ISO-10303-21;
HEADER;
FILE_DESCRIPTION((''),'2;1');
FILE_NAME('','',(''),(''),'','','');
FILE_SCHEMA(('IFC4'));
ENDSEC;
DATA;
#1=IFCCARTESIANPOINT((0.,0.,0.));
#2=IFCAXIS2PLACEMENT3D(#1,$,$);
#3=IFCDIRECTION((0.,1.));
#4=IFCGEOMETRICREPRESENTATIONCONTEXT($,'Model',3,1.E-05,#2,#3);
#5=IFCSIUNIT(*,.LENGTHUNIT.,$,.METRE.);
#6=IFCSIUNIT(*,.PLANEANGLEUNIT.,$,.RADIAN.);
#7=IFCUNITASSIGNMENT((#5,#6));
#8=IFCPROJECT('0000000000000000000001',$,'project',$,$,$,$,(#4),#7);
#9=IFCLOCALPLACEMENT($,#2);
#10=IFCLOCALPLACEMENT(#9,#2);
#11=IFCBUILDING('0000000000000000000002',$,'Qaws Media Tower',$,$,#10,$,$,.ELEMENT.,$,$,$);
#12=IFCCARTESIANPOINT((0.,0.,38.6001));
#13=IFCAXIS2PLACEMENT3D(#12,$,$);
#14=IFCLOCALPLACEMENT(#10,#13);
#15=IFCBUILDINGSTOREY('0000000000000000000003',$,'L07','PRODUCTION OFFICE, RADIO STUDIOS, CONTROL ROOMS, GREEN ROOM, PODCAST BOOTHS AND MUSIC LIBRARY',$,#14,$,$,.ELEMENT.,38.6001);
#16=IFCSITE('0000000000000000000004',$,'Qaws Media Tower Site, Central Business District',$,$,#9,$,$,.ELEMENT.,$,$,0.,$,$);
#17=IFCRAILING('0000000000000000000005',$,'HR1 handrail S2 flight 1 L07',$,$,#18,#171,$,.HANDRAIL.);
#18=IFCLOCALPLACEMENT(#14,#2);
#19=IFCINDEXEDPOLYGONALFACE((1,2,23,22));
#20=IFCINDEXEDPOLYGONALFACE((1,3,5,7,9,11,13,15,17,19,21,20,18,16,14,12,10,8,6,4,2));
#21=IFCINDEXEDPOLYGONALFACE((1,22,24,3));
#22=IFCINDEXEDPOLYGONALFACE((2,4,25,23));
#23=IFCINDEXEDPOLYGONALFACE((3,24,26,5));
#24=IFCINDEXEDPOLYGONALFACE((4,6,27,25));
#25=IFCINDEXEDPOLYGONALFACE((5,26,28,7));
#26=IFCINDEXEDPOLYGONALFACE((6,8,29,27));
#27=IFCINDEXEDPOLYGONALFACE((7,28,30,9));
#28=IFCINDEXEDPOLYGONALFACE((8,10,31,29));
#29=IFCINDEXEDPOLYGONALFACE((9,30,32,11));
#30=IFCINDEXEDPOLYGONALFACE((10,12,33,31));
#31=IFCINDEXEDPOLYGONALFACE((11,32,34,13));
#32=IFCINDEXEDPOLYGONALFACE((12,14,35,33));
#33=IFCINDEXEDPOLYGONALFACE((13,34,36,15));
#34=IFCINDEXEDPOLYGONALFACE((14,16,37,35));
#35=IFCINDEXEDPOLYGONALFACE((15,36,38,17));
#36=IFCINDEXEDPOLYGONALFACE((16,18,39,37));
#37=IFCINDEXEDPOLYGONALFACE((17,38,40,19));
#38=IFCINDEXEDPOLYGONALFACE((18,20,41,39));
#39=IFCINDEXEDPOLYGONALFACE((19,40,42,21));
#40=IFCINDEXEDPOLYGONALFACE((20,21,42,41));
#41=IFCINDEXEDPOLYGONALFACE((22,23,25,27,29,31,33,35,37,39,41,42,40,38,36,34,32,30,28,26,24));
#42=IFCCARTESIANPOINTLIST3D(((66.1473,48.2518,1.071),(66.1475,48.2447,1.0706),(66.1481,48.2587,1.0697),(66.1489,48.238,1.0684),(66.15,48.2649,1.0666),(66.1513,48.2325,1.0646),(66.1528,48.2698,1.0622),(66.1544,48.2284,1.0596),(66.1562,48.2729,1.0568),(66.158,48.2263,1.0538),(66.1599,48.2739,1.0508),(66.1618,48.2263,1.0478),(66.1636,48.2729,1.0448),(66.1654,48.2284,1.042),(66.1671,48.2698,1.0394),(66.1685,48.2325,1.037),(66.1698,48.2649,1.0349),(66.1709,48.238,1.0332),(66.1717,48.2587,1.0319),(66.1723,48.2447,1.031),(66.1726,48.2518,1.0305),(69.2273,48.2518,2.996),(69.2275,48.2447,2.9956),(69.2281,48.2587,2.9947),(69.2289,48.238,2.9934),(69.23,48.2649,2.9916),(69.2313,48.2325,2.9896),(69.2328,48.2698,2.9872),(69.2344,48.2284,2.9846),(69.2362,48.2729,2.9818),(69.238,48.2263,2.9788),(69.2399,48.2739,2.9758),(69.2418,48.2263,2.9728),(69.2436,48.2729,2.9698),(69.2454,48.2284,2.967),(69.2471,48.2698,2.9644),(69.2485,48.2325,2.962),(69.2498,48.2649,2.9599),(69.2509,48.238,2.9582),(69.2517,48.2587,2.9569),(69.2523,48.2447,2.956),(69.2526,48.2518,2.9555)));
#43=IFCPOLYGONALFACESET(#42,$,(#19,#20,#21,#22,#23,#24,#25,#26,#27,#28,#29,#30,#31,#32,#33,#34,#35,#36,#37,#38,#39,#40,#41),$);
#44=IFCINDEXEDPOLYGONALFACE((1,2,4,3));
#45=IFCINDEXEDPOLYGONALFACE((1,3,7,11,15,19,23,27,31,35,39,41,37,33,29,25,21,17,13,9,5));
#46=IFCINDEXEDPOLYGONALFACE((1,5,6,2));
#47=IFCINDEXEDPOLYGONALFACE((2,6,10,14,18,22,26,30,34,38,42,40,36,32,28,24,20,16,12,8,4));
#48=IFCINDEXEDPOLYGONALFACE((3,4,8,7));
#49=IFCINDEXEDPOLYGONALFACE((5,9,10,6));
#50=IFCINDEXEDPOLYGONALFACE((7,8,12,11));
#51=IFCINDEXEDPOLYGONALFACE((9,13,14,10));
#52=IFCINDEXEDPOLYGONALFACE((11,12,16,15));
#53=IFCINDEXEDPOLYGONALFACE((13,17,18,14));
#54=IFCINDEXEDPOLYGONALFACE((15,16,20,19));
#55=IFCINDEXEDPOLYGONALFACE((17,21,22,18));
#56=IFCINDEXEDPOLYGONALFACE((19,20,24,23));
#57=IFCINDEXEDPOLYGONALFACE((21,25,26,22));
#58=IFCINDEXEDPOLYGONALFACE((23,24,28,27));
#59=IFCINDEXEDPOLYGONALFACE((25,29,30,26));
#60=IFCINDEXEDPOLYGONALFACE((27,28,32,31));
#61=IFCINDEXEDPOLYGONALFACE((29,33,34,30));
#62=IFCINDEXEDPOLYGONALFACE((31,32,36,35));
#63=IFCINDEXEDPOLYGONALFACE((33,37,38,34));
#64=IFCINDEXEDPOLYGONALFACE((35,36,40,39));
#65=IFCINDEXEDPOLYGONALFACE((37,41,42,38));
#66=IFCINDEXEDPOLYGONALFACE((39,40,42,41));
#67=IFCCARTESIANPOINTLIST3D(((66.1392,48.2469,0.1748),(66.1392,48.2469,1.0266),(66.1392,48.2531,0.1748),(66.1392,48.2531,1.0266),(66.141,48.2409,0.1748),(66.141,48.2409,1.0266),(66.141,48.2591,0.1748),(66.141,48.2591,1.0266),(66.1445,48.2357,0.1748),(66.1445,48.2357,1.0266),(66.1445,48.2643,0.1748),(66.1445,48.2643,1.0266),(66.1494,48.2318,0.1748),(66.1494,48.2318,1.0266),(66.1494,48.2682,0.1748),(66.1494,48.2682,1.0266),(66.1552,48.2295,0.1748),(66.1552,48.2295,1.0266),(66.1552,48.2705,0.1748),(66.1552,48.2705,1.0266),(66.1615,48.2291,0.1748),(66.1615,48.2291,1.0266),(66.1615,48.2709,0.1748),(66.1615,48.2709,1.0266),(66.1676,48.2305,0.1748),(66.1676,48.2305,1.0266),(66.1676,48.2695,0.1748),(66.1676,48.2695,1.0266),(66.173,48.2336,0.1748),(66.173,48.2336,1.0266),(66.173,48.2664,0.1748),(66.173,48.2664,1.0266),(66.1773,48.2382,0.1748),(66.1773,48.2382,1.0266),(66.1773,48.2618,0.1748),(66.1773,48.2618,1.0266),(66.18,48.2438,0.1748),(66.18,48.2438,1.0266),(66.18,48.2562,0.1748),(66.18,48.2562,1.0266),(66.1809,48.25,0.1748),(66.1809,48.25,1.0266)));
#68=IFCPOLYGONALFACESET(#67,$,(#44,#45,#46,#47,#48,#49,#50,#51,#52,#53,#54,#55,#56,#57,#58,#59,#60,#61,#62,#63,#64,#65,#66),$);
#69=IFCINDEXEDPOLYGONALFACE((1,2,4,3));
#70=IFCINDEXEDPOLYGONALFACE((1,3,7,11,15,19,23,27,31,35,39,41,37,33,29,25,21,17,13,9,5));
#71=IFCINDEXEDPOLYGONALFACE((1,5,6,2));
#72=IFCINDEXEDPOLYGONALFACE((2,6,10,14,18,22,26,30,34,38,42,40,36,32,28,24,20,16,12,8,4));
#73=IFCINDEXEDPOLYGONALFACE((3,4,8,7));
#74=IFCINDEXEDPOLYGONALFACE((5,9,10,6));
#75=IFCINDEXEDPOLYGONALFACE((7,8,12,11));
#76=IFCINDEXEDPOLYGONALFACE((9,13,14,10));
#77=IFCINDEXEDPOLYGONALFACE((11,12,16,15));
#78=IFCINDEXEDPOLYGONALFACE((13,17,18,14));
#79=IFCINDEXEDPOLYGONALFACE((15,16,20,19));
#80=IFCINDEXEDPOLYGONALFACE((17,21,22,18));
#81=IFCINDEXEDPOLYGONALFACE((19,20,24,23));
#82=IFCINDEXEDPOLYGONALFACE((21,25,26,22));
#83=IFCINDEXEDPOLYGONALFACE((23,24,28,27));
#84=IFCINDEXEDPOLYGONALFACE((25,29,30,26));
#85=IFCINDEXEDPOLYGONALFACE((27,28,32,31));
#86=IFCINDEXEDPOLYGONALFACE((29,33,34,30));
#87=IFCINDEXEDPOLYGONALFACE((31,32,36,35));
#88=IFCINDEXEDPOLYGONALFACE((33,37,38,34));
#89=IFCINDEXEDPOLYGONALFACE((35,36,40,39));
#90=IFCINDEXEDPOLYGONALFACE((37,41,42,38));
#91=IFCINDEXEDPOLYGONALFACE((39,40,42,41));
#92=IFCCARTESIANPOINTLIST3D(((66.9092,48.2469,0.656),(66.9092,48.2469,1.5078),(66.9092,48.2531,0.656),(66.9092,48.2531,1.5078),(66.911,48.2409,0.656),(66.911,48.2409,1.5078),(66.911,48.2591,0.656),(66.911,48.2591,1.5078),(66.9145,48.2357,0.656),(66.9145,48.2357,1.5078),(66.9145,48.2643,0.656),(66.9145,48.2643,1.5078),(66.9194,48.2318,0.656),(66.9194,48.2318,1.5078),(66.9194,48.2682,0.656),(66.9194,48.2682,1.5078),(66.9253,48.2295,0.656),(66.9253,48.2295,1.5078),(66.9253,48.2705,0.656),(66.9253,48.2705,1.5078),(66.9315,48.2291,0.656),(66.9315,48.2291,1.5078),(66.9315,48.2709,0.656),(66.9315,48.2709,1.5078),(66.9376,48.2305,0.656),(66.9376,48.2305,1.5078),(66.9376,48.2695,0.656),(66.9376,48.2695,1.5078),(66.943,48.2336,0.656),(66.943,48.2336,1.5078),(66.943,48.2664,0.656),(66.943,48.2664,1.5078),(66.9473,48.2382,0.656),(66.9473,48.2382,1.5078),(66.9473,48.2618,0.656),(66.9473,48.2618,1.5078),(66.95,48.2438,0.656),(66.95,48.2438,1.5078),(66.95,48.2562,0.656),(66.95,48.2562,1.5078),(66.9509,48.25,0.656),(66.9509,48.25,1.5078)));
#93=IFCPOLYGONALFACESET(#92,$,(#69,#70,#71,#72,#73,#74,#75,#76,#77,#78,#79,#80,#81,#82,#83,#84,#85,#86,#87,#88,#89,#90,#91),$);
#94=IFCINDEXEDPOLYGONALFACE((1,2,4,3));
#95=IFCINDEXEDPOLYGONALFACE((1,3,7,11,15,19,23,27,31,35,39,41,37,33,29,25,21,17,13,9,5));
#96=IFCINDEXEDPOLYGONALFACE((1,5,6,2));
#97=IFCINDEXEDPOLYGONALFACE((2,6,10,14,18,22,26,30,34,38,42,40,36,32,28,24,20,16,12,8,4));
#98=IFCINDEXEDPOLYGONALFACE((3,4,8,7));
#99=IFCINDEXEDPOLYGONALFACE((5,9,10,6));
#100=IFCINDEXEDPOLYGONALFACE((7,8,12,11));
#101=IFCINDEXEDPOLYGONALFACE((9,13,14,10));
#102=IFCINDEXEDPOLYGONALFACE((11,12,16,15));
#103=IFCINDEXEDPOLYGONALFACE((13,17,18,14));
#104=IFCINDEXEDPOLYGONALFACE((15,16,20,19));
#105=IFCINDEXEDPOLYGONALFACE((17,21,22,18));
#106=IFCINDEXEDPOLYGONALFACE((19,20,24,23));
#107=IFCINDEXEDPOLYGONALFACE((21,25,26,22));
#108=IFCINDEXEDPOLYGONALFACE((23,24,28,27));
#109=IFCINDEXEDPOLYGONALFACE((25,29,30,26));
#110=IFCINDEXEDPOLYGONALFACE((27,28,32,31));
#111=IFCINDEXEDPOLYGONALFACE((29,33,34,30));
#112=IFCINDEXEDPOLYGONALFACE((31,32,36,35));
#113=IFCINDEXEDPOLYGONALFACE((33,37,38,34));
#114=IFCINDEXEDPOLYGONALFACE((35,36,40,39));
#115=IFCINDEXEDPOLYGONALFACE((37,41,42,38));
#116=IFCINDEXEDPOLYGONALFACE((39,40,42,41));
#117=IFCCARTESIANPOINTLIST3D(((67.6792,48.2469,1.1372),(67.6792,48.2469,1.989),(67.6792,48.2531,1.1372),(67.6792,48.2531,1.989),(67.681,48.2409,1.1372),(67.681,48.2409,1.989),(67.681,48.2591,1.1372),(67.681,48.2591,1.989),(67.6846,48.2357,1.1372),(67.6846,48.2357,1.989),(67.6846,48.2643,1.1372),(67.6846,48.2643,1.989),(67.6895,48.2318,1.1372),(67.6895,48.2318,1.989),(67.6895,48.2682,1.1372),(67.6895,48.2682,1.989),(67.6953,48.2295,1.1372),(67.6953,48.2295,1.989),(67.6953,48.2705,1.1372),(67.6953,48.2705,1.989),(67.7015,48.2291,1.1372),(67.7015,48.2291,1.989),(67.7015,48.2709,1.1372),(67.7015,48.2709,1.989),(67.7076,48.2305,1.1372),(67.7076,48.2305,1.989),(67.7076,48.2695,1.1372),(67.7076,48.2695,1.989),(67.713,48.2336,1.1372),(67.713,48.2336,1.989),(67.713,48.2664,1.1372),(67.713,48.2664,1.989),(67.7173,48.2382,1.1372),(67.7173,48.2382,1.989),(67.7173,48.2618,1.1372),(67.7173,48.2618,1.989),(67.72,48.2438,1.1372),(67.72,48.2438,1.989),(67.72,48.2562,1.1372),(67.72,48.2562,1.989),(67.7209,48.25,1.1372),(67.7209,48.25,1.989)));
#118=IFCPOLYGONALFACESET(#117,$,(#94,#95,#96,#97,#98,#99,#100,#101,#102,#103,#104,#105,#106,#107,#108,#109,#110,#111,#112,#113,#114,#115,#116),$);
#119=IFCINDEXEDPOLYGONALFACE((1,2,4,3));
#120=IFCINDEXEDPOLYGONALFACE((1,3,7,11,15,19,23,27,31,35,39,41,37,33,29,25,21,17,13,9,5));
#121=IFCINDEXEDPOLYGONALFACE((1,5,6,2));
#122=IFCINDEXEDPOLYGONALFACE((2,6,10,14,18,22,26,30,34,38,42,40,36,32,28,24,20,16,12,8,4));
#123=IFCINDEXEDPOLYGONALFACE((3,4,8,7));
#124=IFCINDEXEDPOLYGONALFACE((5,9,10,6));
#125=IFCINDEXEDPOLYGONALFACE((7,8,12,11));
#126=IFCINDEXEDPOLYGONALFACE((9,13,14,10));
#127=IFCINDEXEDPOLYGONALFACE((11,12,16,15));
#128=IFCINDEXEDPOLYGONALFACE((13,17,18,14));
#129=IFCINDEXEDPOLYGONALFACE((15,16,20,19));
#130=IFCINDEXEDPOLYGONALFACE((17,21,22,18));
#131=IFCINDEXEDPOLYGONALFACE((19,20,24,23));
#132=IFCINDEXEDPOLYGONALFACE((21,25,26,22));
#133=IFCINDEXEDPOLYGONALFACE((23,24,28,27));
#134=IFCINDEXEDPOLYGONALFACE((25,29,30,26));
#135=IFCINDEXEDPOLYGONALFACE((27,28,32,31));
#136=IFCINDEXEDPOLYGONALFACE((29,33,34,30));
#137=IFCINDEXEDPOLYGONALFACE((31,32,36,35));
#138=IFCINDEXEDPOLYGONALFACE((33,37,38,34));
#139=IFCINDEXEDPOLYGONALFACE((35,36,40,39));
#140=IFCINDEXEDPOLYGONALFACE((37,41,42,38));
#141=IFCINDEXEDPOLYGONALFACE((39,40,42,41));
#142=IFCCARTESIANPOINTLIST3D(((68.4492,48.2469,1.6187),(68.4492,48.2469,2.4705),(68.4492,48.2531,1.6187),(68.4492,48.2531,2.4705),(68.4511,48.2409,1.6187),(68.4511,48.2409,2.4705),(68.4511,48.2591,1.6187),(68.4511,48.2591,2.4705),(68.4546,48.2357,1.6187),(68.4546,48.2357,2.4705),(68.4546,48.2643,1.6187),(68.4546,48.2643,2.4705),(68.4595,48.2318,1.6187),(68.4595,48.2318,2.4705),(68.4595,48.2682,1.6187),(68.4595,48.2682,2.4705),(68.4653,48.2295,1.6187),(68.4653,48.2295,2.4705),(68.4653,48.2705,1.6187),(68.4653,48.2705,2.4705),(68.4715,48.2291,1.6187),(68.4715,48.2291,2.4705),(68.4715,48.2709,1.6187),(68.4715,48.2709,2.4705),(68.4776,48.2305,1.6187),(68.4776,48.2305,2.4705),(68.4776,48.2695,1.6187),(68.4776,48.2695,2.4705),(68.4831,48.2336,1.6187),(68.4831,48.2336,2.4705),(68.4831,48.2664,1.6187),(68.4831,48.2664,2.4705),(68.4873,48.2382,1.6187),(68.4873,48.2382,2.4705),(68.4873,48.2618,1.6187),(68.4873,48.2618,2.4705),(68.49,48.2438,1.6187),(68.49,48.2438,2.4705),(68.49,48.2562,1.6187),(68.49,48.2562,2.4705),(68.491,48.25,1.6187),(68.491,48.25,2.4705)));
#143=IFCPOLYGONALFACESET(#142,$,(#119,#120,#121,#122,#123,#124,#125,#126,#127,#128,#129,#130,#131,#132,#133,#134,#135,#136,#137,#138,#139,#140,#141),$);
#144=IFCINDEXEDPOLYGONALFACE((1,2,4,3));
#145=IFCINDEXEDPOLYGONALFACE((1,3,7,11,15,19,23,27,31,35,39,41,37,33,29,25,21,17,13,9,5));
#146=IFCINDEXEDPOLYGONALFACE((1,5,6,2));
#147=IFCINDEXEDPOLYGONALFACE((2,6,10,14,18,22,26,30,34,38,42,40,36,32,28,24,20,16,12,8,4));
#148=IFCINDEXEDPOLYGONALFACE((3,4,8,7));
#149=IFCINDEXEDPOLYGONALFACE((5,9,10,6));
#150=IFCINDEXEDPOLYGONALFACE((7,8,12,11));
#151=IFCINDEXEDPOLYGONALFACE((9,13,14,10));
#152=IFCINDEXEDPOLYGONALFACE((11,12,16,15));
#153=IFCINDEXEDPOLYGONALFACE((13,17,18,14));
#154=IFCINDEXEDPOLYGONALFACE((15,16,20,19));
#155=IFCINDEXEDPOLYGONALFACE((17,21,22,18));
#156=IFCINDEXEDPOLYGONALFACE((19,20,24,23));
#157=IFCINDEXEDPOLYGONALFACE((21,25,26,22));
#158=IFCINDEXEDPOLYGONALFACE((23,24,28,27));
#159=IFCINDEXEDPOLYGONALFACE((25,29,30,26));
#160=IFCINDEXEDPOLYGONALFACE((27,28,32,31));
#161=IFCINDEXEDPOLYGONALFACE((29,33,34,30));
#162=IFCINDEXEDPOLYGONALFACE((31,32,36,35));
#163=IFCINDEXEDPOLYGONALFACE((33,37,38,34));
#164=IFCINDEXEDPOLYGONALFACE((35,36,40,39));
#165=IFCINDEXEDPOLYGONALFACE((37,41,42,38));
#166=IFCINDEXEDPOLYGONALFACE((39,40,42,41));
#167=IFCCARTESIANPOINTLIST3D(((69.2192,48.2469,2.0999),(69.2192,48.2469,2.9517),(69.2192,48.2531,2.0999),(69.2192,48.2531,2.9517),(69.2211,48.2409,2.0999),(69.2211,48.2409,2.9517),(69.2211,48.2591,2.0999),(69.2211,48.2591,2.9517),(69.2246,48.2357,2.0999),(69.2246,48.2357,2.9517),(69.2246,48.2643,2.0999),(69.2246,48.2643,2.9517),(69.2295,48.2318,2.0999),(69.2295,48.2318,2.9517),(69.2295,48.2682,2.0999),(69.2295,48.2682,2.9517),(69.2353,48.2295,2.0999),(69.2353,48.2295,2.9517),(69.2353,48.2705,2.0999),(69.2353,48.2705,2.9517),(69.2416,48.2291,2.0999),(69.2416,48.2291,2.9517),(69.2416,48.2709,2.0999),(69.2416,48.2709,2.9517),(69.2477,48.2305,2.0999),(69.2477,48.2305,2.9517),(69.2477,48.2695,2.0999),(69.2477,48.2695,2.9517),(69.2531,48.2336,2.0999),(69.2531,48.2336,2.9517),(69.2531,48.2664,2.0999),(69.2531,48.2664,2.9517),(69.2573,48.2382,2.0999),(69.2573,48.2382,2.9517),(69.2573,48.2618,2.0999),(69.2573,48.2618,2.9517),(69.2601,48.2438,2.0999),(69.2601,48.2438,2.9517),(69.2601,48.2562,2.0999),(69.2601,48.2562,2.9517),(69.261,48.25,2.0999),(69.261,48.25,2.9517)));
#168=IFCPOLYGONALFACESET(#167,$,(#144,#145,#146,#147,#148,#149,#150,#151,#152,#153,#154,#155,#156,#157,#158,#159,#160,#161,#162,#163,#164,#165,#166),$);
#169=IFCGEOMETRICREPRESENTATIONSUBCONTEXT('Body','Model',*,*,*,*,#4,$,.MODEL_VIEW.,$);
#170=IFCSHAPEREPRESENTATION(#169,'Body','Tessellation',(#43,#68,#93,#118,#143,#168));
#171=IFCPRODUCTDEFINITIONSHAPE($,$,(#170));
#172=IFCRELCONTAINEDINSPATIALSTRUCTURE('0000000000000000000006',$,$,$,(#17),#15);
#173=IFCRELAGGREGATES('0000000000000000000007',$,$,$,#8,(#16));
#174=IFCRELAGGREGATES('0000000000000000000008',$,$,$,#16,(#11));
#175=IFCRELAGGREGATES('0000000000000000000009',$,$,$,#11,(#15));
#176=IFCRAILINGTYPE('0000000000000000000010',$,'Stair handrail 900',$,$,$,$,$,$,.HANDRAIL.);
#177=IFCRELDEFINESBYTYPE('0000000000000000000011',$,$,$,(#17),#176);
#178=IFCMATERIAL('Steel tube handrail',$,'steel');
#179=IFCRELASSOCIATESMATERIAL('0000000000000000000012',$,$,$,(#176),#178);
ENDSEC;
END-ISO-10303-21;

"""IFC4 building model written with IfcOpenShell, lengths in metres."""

from ifc_helpers import new_model, si_unit, direction, frame, origin, origin_2d, place, context, subcontext, project, spatial, circle, extrude, material, type_object, element, save


model = new_model("IFC4")

# Units and contexts
model_context = context("Model", 3, precision=1e-05, world=origin(), true_north=direction((0.0, 1.0)))
body_context = subcontext(model_context, "Body", "Model", "MODEL_VIEW")
ifc_project = project(units=[si_unit("LENGTHUNIT", "METRE"), si_unit("PLANEANGLEUNIT", "RADIAN")], contexts=[model_context])

# Site, building, storey
site_placement = place(None, origin())
site = spatial("IfcSite", under=ifc_project, at=site_placement, Name="Qaws Media Tower Site, Central Business District", CompositionType="ELEMENT", RefElevation=0.0)
building_placement = place(site_placement, origin())
building = spatial("IfcBuilding", under=site, at=building_placement, Name="Qaws Media Tower", CompositionType="ELEMENT")
storey_placement = place(building_placement, frame((0.0, 0.0, 38.6001)))
storey = spatial("IfcBuildingStorey", under=building, at=storey_placement, Name="L07", Description="PRODUCTION OFFICE, RADIO STUDIOS, CONTROL ROOMS, GREEN ROOM, PODCAST BOOTHS AND MUSIC LIBRARY", CompositionType="ELEMENT", Elevation=38.6001)

# Railing
ifc_material_1 = material(Name="Steel tube handrail", Category="steel")
railing_type = type_object("IfcRailingType", Name="Stair handrail 900", PredefinedType="HANDRAIL", material=ifc_material_1)
railing_placement = place(storey_placement, frame((66.1599, 48.25, 0.1748)))
element("IfcRailing", 1, at=railing_placement, inside=storey, type_object=railing_type, Name="HR1 handrail S2 flight 1 L07", PredefinedType="HANDRAIL", context=body_context, shape_type="SweptSolid", body=[
    extrude(circle(Radius=0.0239, at=origin_2d()), frame((0.0, 0.0, 0.876), z_axis=(0.847998, 0.0, 0.529999), x_axis=(0.0, 1.0, 0.0)), (0.0, 0.0, 1.0), 3.6321),
    extrude(circle(Radius=0.021, at=origin_2d()), origin(), (0.0, 0.0, 1.0), 0.8518),
    extrude(circle(Radius=0.021, at=origin_2d()), frame((0.77, 0.0, 0.4812)), (0.0, 0.0, 1.0), 0.8518),
    extrude(circle(Radius=0.021, at=origin_2d()), frame((1.54, 0.0, 0.9624)), (0.0, 0.0, 1.0), 0.8518),
    extrude(circle(Radius=0.021, at=origin_2d()), frame((2.3101, 0.0, 1.4438)), (0.0, 0.0, 1.0), 0.8518),
    extrude(circle(Radius=0.021, at=origin_2d()), frame((3.0801, 0.0, 1.925)), (0.0, 0.0, 1.0), 0.8518),
])

save(model, "model.ifc")
